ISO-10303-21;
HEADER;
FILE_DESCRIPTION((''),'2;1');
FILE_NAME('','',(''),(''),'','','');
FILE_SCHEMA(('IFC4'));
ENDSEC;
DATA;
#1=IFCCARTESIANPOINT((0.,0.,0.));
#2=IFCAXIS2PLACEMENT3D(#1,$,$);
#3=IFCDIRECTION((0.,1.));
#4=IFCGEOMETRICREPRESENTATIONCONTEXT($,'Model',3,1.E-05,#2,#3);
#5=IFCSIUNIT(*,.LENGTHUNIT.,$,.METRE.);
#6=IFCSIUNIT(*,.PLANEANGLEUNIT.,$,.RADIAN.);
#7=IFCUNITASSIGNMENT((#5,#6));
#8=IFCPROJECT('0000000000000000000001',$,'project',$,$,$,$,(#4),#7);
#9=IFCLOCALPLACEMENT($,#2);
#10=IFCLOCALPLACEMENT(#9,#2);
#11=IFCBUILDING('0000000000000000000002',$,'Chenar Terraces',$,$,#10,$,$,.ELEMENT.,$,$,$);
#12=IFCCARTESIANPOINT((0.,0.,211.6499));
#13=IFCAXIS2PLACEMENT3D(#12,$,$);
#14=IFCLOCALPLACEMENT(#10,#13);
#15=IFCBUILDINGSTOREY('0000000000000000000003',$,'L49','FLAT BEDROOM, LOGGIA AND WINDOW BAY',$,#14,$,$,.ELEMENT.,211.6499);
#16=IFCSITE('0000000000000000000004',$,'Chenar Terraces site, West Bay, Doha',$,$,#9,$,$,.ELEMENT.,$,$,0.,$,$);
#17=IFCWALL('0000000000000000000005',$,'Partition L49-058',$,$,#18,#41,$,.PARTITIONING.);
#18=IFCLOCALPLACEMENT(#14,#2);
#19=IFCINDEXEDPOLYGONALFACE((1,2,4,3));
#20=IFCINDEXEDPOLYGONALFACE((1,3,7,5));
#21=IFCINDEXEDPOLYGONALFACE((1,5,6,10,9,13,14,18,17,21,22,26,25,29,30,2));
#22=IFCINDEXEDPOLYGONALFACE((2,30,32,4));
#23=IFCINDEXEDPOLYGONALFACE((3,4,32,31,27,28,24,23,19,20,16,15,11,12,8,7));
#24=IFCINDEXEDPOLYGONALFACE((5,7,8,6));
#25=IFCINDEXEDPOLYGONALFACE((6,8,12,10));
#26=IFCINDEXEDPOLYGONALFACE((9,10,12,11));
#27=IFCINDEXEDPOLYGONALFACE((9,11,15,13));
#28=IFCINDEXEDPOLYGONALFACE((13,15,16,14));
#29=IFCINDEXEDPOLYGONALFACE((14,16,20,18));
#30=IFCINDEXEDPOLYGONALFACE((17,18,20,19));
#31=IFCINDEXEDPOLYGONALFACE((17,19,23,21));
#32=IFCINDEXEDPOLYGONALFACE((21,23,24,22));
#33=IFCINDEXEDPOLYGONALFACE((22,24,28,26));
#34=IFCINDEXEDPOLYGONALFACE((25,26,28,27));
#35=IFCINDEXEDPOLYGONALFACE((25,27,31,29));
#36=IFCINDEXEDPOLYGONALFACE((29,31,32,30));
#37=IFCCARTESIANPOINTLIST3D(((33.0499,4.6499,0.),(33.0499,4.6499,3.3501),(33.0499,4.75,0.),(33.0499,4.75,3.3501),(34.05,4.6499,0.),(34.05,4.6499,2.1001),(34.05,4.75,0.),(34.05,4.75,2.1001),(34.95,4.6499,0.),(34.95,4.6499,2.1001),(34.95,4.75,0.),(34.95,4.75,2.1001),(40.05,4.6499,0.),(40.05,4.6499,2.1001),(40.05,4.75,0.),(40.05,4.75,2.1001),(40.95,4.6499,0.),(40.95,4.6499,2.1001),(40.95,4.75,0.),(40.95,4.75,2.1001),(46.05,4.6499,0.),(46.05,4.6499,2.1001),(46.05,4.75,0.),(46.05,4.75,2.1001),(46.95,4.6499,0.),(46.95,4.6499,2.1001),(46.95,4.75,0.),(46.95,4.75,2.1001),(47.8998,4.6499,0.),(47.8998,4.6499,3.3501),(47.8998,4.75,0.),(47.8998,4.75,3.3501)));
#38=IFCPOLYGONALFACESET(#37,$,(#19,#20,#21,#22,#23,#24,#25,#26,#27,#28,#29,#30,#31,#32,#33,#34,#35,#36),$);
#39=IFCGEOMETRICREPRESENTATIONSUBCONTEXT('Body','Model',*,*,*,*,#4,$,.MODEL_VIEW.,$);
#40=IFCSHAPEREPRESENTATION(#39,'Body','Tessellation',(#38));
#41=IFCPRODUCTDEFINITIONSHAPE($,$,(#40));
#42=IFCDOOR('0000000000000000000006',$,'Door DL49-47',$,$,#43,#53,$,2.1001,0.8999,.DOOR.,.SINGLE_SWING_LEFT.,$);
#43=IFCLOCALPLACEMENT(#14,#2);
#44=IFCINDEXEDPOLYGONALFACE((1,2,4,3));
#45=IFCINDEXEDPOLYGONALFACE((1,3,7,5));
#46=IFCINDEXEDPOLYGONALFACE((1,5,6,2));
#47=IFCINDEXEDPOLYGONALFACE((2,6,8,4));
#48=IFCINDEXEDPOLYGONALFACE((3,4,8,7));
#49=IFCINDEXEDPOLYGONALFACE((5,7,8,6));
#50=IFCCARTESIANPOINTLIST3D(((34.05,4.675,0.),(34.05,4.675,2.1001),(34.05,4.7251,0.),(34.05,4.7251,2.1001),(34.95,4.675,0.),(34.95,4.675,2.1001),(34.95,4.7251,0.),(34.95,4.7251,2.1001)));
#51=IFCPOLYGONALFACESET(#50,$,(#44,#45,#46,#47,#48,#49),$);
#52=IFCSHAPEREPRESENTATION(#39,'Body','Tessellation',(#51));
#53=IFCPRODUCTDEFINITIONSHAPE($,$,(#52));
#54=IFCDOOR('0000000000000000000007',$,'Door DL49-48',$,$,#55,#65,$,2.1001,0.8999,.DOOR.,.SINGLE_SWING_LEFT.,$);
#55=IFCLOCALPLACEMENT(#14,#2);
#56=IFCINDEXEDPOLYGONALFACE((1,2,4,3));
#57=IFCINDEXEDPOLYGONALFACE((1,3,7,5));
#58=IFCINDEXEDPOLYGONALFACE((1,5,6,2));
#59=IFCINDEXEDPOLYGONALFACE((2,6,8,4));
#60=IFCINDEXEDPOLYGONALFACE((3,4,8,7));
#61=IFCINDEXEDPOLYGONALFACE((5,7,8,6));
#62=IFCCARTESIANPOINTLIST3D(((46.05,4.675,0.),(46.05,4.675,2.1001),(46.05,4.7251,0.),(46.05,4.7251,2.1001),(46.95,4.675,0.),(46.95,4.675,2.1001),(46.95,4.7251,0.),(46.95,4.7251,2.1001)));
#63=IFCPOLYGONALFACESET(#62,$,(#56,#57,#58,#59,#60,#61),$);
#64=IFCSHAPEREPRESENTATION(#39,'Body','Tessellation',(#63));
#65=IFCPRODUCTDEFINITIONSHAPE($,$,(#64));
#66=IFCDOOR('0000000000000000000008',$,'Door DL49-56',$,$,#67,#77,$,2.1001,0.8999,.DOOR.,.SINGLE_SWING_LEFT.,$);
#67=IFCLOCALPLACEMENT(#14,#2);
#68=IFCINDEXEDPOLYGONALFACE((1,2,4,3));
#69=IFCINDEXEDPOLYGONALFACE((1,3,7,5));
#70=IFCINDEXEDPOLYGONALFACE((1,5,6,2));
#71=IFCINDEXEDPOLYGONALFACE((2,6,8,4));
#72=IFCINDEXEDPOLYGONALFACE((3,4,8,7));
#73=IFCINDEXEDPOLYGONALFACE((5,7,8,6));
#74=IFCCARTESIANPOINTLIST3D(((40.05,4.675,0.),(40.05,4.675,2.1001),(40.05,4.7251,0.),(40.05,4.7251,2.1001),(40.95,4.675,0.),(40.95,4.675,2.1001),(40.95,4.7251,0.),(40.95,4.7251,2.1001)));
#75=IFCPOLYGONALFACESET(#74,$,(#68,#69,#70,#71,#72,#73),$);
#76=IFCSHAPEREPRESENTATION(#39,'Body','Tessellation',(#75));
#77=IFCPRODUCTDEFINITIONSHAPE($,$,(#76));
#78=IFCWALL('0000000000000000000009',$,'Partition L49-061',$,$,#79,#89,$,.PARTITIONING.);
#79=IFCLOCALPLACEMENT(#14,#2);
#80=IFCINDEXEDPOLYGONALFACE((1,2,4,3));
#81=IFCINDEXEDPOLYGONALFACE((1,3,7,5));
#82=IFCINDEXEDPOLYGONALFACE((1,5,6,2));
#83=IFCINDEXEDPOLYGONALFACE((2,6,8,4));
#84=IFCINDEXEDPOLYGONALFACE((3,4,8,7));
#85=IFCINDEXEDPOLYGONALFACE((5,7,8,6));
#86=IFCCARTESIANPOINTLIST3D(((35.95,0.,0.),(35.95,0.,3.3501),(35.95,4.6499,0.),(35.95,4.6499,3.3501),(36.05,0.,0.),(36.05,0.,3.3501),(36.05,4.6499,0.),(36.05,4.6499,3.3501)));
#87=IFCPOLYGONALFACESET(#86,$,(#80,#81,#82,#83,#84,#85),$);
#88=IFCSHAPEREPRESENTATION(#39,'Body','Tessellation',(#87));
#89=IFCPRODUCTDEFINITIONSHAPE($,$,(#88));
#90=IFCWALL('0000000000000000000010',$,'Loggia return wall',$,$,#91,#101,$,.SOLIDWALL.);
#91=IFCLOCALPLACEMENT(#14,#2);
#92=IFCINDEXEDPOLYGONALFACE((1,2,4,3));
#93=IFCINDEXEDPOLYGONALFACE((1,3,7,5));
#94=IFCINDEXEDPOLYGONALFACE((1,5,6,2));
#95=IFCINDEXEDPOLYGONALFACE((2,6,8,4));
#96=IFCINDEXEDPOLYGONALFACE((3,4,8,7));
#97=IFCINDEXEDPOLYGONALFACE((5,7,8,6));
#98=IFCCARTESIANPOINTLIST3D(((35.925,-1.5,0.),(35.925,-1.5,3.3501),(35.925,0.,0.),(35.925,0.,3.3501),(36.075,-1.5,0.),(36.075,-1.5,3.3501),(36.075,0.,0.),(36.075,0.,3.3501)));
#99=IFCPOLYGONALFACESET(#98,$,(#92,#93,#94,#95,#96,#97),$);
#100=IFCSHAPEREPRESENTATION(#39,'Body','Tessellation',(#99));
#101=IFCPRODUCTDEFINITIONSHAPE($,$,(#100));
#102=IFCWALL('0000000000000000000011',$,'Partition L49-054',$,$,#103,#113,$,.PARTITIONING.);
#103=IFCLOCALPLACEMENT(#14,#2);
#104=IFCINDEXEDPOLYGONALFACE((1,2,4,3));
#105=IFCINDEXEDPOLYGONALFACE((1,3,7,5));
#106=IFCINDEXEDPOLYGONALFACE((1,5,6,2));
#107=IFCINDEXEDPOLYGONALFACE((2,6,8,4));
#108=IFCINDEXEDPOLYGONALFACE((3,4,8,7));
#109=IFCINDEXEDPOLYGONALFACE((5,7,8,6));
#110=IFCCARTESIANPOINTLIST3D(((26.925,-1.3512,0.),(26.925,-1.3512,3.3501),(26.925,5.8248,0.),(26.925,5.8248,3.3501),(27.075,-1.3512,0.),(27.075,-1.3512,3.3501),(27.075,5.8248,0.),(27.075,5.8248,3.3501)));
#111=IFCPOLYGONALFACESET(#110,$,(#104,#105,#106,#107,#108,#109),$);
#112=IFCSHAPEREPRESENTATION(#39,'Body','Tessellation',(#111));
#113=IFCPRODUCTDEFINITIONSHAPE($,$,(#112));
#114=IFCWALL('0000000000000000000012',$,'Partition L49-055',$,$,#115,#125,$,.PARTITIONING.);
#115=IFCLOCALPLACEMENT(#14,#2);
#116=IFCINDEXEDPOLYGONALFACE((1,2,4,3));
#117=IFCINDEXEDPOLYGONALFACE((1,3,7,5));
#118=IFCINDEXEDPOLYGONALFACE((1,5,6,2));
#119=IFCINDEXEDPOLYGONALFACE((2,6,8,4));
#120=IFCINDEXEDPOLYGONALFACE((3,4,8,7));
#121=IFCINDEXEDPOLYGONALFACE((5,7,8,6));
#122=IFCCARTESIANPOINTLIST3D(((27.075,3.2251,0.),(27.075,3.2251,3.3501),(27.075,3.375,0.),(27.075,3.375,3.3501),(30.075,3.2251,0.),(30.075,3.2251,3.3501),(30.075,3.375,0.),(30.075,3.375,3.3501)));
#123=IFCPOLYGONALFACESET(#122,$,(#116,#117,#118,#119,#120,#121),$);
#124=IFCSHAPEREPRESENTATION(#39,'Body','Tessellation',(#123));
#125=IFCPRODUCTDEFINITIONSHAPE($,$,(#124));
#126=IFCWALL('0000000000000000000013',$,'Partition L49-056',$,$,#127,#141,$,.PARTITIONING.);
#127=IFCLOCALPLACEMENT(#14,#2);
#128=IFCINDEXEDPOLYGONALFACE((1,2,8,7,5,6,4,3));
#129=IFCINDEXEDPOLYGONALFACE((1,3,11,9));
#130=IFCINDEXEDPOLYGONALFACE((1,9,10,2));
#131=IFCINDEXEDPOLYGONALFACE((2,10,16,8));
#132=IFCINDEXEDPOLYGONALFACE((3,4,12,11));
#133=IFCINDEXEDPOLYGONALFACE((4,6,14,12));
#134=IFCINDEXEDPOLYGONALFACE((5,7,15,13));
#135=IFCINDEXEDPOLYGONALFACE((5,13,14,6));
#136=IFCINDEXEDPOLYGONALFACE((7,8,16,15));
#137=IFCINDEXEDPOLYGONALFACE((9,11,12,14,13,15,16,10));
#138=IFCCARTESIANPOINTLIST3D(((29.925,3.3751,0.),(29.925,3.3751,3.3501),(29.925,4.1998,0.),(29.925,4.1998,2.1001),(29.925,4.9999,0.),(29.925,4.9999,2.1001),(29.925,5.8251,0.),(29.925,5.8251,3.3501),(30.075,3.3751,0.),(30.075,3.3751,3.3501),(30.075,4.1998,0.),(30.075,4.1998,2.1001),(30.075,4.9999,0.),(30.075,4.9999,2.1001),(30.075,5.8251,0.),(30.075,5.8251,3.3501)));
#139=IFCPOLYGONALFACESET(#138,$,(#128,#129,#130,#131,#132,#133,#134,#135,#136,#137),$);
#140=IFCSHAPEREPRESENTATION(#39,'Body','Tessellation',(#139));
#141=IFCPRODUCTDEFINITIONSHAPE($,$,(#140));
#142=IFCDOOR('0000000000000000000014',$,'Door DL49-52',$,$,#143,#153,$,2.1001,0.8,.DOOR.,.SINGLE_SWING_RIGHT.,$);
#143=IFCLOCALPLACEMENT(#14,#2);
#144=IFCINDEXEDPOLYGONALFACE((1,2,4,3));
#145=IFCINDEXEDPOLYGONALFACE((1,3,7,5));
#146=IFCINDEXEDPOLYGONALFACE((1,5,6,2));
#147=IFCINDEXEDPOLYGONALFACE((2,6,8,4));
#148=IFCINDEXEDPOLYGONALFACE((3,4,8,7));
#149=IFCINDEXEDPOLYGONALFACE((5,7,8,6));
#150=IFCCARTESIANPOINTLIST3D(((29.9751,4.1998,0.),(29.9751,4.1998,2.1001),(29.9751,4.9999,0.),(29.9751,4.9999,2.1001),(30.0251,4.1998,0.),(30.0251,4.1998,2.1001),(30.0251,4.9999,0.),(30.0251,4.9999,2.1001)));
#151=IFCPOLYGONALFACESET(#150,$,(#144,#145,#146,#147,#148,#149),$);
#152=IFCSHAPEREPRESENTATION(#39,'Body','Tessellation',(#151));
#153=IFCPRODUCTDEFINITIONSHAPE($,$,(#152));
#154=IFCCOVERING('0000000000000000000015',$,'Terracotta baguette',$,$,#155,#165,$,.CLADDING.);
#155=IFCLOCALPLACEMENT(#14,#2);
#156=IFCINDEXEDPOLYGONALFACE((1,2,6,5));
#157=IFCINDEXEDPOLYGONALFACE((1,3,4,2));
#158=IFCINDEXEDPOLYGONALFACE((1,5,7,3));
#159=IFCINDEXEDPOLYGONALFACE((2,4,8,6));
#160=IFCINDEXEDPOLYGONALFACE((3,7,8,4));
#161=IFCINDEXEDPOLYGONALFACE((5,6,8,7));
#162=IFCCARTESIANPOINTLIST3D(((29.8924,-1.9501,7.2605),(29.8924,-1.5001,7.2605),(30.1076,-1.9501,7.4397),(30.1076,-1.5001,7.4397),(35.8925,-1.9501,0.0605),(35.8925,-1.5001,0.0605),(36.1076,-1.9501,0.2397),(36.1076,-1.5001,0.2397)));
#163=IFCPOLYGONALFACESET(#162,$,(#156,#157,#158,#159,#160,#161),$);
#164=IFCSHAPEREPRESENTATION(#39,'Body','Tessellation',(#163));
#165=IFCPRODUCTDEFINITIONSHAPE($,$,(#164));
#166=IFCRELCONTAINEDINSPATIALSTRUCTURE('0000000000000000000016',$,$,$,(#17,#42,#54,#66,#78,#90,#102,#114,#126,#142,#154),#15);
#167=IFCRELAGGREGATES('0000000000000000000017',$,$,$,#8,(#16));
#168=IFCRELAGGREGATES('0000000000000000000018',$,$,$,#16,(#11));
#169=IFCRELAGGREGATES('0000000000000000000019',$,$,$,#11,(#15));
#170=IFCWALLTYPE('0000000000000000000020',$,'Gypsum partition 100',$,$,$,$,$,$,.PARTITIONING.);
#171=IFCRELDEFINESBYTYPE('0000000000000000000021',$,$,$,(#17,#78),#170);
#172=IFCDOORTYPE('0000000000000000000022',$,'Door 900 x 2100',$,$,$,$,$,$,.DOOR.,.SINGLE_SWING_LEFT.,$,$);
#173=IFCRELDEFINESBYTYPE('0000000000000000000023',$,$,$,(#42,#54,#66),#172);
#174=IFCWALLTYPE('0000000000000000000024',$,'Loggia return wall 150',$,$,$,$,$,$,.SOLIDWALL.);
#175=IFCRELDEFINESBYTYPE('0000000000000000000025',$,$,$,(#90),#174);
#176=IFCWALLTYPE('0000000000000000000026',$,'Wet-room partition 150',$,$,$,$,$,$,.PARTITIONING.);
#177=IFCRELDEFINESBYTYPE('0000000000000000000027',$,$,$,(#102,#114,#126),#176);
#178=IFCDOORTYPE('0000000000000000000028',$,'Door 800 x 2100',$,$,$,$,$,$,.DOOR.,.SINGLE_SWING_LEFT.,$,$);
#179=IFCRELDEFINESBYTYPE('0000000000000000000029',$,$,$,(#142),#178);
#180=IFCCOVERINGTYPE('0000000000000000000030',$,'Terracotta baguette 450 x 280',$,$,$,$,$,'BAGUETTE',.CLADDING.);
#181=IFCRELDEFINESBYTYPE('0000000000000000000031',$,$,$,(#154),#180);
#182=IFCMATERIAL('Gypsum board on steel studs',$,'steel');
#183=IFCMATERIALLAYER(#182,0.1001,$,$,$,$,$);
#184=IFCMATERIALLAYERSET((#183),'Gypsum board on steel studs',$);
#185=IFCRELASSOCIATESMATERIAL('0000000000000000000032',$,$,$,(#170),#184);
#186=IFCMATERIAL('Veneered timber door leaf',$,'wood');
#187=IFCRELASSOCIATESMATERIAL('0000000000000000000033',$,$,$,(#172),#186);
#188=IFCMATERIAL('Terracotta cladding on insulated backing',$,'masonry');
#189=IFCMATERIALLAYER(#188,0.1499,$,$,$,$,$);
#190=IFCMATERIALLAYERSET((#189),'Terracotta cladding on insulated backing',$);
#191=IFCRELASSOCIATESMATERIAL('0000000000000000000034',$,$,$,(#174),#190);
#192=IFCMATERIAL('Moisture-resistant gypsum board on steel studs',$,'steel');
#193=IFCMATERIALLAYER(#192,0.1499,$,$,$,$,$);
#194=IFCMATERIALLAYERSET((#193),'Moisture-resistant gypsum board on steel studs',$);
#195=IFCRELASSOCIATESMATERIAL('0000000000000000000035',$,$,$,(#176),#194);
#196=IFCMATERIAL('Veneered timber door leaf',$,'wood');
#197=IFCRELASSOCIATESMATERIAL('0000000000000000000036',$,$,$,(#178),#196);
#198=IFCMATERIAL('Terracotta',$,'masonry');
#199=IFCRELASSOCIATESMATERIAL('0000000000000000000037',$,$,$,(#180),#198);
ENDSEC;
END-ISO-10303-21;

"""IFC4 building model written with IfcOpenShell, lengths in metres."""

from ifc_helpers import new_model, si_unit, direction, frame, frame_2d, origin, origin_2d, place, context, subcontext, project, spatial, rectangle, extrude, material, layer, layer_set, material_profile, profile_set, type_object, element, fill, save


model = new_model("IFC4")

# Units and contexts
model_context = context("Model", 3, precision=1e-05, world=origin(), true_north=direction((0.0, 1.0)))
body_context = subcontext(model_context, "Body", "Model", "MODEL_VIEW")
ifc_project = project(units=[si_unit("LENGTHUNIT", "METRE"), si_unit("PLANEANGLEUNIT", "RADIAN")], contexts=[model_context])

# Site, building, storey
site_placement = place(None, origin())
site = spatial("IfcSite", under=ifc_project, at=site_placement, Name="Chenar Terraces site, West Bay, Doha", CompositionType="ELEMENT", RefElevation=0.0)
building_placement = place(site_placement, origin())
building = spatial("IfcBuilding", under=site, at=building_placement, Name="Chenar Terraces", CompositionType="ELEMENT")
storey_placement = place(building_placement, frame((0.0, 0.0, 211.6499)))
storey = spatial("IfcBuildingStorey", under=building, at=storey_placement, Name="L49", Description="FLAT BEDROOM, LOGGIA AND WINDOW BAY", CompositionType="ELEMENT", Elevation=211.6499)

# Shared definitions
ifc_material_1 = material(Name="Gypsum board on steel studs", Category="steel")
ifc_layer_1 = layer(ifc_material_1, 0.1001)
ifc_layer_set_1 = layer_set([ifc_layer_1], Name="Gypsum board on steel studs")
wall_type_1 = type_object("IfcWallType", Name="Gypsum partition 100", PredefinedType="PARTITIONING", material=ifc_layer_set_1)
ifc_material_2 = material(Name="Veneered timber door leaf", Category="wood")
door_type_1 = type_object("IfcDoorType", Name="Door 900 x 2100", OperationType="SINGLE_SWING_LEFT", PredefinedType="DOOR", material=ifc_material_2)

# Wall, openings, doors
wall_1_placement = place(storey_placement, frame((33.05, 4.7, 0.0), z_axis=(0.0, 0.0, 1.0), x_axis=(1.0, 0.0, 0.0)))
wall_1 = element("IfcWall", 1, at=wall_1_placement, inside=storey, type_object=wall_type_1, Name="Partition L49-058", PredefinedType="PARTITIONING", context=body_context, shape_type="SweptSolid", body=[
    extrude(rectangle(XDim=14.8499, YDim=0.1001, at=frame_2d((7.4248, 0.0))), origin(), (0.0, 0.0, 1.0), 3.3501),
])
opening_1_placement = place(wall_1_placement, frame((1.0, 0.0, 0.0)))
opening_1 = element("IfcOpeningElement", 2, at=opening_1_placement, cuts=wall_1, PredefinedType="OPENING", context=body_context, shape_type="SweptSolid", body=[
    extrude(rectangle(XDim=0.8999, YDim=2.1001, at=frame_2d((0.45, 1.05))), frame((0.0, 0.0601, 0.0), z_axis=(0.0, -1.0, 0.0), x_axis=(1.0, 0.0, 0.0)), (0.0, 0.0, 1.0), 0.1201),
])
opening_2_placement = place(wall_1_placement, frame((13.0, 0.0, 0.0)))
opening_2 = element("IfcOpeningElement", 3, at=opening_2_placement, cuts=wall_1, PredefinedType="OPENING", context=body_context, shape_type="SweptSolid", body=[
    extrude(rectangle(XDim=0.8999, YDim=2.1001, at=frame_2d((0.45, 1.05))), frame((0.0, 0.0601, 0.0), z_axis=(0.0, -1.0, 0.0), x_axis=(1.0, 0.0, 0.0)), (0.0, 0.0, 1.0), 0.1201),
])
opening_3_placement = place(wall_1_placement, frame((7.0, 0.0, 0.0)))
opening_3 = element("IfcOpeningElement", 4, at=opening_3_placement, cuts=wall_1, PredefinedType="OPENING", context=body_context, shape_type="SweptSolid", body=[
    extrude(rectangle(XDim=0.8999, YDim=2.1001, at=frame_2d((0.45, 1.05))), frame((0.0, 0.0601, 0.0), z_axis=(0.0, -1.0, 0.0), x_axis=(1.0, 0.0, 0.0)), (0.0, 0.0, 1.0), 0.1201),
])
door_1_placement = place(opening_1_placement, frame((0.8999, 0.0, 0.0), z_axis=(0.0, 0.0, 1.0), x_axis=(-1.0, 0.0, 0.0)))
door_1 = element("IfcDoor", 5, at=door_1_placement, inside=storey, type_object=door_type_1, Name="Door DL49-47", OperationType="SINGLE_SWING_LEFT", OverallHeight=2.1001, OverallWidth=0.8999, PredefinedType="DOOR", context=body_context, shape_type="SweptSolid", body=[
    extrude(rectangle(XDim=0.8999, YDim=2.1001, at=frame_2d((0.45, 1.05))), frame((0.0, 0.0249, 0.0), z_axis=(0.0, -1.0, 0.0), x_axis=(1.0, 0.0, 0.0)), (0.0, 0.0, 1.0), 0.05),
])
fill(opening_1, door_1)
door_2_placement = place(opening_2_placement, frame((0.8999, 0.0, 0.0), z_axis=(0.0, 0.0, 1.0), x_axis=(-1.0, 0.0, 0.0)))
door_2 = element("IfcDoor", 6, at=door_2_placement, inside=storey, type_object=door_type_1, Name="Door DL49-48", OperationType="SINGLE_SWING_LEFT", OverallHeight=2.1001, OverallWidth=0.8999, PredefinedType="DOOR", context=body_context, shape_type="SweptSolid", body=[
    extrude(rectangle(XDim=0.8999, YDim=2.1001, at=frame_2d((0.45, 1.05))), frame((0.0, 0.0249, 0.0), z_axis=(0.0, -1.0, 0.0), x_axis=(1.0, 0.0, 0.0)), (0.0, 0.0, 1.0), 0.05),
])
fill(opening_2, door_2)
door_3_placement = place(opening_3_placement, frame((0.8999, 0.0, 0.0), z_axis=(0.0, 0.0, 1.0), x_axis=(-1.0, 0.0, 0.0)))
door_3 = element("IfcDoor", 7, at=door_3_placement, inside=storey, type_object=door_type_1, Name="Door DL49-56", OperationType="SINGLE_SWING_LEFT", OverallHeight=2.1001, OverallWidth=0.8999, PredefinedType="DOOR", context=body_context, shape_type="SweptSolid", body=[
    extrude(rectangle(XDim=0.8999, YDim=2.1001, at=frame_2d((0.45, 1.05))), frame((0.0, 0.0249, 0.0), z_axis=(0.0, -1.0, 0.0), x_axis=(1.0, 0.0, 0.0)), (0.0, 0.0, 1.0), 0.05),
])
fill(opening_3, door_3)

# Walls
wall_2_placement = place(storey_placement, frame((36.0, 0.0, 0.0), z_axis=(0.0, 0.0, 1.0), x_axis=(0.0, 1.0, 0.0)))
element("IfcWall", 8, at=wall_2_placement, inside=storey, type_object=wall_type_1, Name="Partition L49-061", PredefinedType="PARTITIONING", context=body_context, shape_type="SweptSolid", body=[
    extrude(rectangle(XDim=4.6499, YDim=0.1001, at=frame_2d((2.325, 0.0))), origin(), (0.0, 0.0, 1.0), 3.3501),
])
ifc_material_3 = material(Name="Terracotta cladding on insulated backing", Category="masonry")
ifc_layer_2 = layer(ifc_material_3, 0.1499)
ifc_layer_set_2 = layer_set([ifc_layer_2], Name="Terracotta cladding on insulated backing")
wall_type_2 = type_object("IfcWallType", Name="Loggia return wall 150", PredefinedType="SOLIDWALL", material=ifc_layer_set_2)
wall_3_placement = place(storey_placement, frame((36.0, -1.5, 0.0), z_axis=(0.0, 0.0, 1.0), x_axis=(0.0, 1.0, 0.0)))
element("IfcWall", 9, at=wall_3_placement, inside=storey, type_object=wall_type_2, Name="Loggia return wall", PredefinedType="SOLIDWALL", context=body_context, shape_type="SweptSolid", body=[
    extrude(rectangle(XDim=1.5, YDim=0.1499, at=frame_2d((0.75, 0.0))), origin(), (0.0, 0.0, 1.0), 3.3501),
])
ifc_material_4 = material(Name="Moisture-resistant gypsum board on steel studs", Category="steel")
ifc_layer_3 = layer(ifc_material_4, 0.1499)
ifc_layer_set_3 = layer_set([ifc_layer_3], Name="Moisture-resistant gypsum board on steel studs")
wall_type_3 = type_object("IfcWallType", Name="Wet-room partition 150", PredefinedType="PARTITIONING", material=ifc_layer_set_3)
wall_4_placement = place(storey_placement, frame((27.0, -1.3511, 0.0), z_axis=(0.0, 0.0, 1.0), x_axis=(0.0, 1.0, 0.0)))
element("IfcWall", 10, at=wall_4_placement, inside=storey, type_object=wall_type_3, Name="Partition L49-054", PredefinedType="PARTITIONING", context=body_context, shape_type="SweptSolid", body=[
    extrude(rectangle(XDim=7.176, YDim=0.1499, at=frame_2d((3.5879, 0.0))), origin(), (0.0, 0.0, 1.0), 3.3501),
])
wall_5_placement = place(storey_placement, frame((27.075, 3.3, 0.0), z_axis=(0.0, 0.0, 1.0), x_axis=(1.0, 0.0, 0.0)))
element("IfcWall", 11, at=wall_5_placement, inside=storey, type_object=wall_type_3, Name="Partition L49-055", PredefinedType="PARTITIONING", context=body_context, shape_type="SweptSolid", body=[
    extrude(rectangle(XDim=3.0, YDim=0.1499, at=frame_2d((1.5, 0.0))), origin(), (0.0, 0.0, 1.0), 3.3501),
])

# Wall, opening, door
wall_6_placement = place(storey_placement, frame((30.0, 3.375, 0.0), z_axis=(0.0, 0.0, 1.0), x_axis=(0.0, 1.0, 0.0)))
wall_6 = element("IfcWall", 12, at=wall_6_placement, inside=storey, type_object=wall_type_3, Name="Partition L49-056", PredefinedType="PARTITIONING", context=body_context, shape_type="SweptSolid", body=[
    extrude(rectangle(XDim=2.45, YDim=0.1499, at=frame_2d((1.2251, 0.0))), origin(), (0.0, 0.0, 1.0), 3.3501),
])
opening_4_placement = place(wall_6_placement, frame((0.825, 0.0, 0.0)))
opening_4 = element("IfcOpeningElement", 13, at=opening_4_placement, cuts=wall_6, PredefinedType="OPENING", context=body_context, shape_type="SweptSolid", body=[
    extrude(rectangle(XDim=0.8, YDim=2.1001, at=frame_2d((0.3999, 1.05))), frame((0.0, 0.085, 0.0), z_axis=(0.0, -1.0, 0.0), x_axis=(1.0, 0.0, 0.0)), (0.0, 0.0, 1.0), 0.1699),
])
ifc_material_5 = material(Name="Veneered timber door leaf", Category="wood")
door_type_2 = type_object("IfcDoorType", Name="Door 800 x 2100", OperationType="SINGLE_SWING_LEFT", PredefinedType="DOOR", material=ifc_material_5)
door_4_placement = place(opening_4_placement, origin())
door_4 = element("IfcDoor", 14, at=door_4_placement, inside=storey, type_object=door_type_2, Name="Door DL49-52", OperationType="SINGLE_SWING_RIGHT", OverallHeight=2.1001, OverallWidth=0.8, PredefinedType="DOOR", context=body_context, shape_type="SweptSolid", body=[
    extrude(rectangle(XDim=0.8, YDim=2.1001, at=frame_2d((0.3999, 1.05))), frame((0.0, 0.0249, 0.0), z_axis=(0.0, -1.0, 0.0), x_axis=(1.0, 0.0, 0.0)), (0.0, 0.0, 1.0), 0.05),
])
fill(opening_4, door_4)

# Covering
ifc_material_6 = material(Name="Terracotta", Category="masonry")
ifc_material_profile_1 = material_profile(ifc_material_6, rectangle(XDim=0.45, YDim=0.28, at=origin_2d()), Name="Terracotta baguette 450 x 280")
ifc_profile_set_1 = profile_set([ifc_material_profile_1], Name="Terracotta")
covering_type = type_object("IfcCoveringType", Name="Terracotta baguette 450 x 280", ElementType="BAGUETTE", PredefinedType="CLADDING", material=ifc_profile_set_1)
for number, where, z_axis, x_axis, name in (
    (15, (30.0, -1.7251, 7.3501), (0.640187, 0.0, -0.768219), (0.0, 1.0, 0.0), "Terracotta baguette"),
):
    element("IfcCovering", number, at=place(storey_placement, frame(where, z_axis=z_axis, x_axis=x_axis)), inside=storey, type_object=covering_type, Name=name, PredefinedType="CLADDING", context=body_context, shape_type="SweptSolid", body=[
        extrude(rectangle(XDim=0.45, YDim=0.28, at=origin_2d()), origin(), (0.0, 0.0, 1.0), 9.3723),
    ])

save(model, "model.ifc")
